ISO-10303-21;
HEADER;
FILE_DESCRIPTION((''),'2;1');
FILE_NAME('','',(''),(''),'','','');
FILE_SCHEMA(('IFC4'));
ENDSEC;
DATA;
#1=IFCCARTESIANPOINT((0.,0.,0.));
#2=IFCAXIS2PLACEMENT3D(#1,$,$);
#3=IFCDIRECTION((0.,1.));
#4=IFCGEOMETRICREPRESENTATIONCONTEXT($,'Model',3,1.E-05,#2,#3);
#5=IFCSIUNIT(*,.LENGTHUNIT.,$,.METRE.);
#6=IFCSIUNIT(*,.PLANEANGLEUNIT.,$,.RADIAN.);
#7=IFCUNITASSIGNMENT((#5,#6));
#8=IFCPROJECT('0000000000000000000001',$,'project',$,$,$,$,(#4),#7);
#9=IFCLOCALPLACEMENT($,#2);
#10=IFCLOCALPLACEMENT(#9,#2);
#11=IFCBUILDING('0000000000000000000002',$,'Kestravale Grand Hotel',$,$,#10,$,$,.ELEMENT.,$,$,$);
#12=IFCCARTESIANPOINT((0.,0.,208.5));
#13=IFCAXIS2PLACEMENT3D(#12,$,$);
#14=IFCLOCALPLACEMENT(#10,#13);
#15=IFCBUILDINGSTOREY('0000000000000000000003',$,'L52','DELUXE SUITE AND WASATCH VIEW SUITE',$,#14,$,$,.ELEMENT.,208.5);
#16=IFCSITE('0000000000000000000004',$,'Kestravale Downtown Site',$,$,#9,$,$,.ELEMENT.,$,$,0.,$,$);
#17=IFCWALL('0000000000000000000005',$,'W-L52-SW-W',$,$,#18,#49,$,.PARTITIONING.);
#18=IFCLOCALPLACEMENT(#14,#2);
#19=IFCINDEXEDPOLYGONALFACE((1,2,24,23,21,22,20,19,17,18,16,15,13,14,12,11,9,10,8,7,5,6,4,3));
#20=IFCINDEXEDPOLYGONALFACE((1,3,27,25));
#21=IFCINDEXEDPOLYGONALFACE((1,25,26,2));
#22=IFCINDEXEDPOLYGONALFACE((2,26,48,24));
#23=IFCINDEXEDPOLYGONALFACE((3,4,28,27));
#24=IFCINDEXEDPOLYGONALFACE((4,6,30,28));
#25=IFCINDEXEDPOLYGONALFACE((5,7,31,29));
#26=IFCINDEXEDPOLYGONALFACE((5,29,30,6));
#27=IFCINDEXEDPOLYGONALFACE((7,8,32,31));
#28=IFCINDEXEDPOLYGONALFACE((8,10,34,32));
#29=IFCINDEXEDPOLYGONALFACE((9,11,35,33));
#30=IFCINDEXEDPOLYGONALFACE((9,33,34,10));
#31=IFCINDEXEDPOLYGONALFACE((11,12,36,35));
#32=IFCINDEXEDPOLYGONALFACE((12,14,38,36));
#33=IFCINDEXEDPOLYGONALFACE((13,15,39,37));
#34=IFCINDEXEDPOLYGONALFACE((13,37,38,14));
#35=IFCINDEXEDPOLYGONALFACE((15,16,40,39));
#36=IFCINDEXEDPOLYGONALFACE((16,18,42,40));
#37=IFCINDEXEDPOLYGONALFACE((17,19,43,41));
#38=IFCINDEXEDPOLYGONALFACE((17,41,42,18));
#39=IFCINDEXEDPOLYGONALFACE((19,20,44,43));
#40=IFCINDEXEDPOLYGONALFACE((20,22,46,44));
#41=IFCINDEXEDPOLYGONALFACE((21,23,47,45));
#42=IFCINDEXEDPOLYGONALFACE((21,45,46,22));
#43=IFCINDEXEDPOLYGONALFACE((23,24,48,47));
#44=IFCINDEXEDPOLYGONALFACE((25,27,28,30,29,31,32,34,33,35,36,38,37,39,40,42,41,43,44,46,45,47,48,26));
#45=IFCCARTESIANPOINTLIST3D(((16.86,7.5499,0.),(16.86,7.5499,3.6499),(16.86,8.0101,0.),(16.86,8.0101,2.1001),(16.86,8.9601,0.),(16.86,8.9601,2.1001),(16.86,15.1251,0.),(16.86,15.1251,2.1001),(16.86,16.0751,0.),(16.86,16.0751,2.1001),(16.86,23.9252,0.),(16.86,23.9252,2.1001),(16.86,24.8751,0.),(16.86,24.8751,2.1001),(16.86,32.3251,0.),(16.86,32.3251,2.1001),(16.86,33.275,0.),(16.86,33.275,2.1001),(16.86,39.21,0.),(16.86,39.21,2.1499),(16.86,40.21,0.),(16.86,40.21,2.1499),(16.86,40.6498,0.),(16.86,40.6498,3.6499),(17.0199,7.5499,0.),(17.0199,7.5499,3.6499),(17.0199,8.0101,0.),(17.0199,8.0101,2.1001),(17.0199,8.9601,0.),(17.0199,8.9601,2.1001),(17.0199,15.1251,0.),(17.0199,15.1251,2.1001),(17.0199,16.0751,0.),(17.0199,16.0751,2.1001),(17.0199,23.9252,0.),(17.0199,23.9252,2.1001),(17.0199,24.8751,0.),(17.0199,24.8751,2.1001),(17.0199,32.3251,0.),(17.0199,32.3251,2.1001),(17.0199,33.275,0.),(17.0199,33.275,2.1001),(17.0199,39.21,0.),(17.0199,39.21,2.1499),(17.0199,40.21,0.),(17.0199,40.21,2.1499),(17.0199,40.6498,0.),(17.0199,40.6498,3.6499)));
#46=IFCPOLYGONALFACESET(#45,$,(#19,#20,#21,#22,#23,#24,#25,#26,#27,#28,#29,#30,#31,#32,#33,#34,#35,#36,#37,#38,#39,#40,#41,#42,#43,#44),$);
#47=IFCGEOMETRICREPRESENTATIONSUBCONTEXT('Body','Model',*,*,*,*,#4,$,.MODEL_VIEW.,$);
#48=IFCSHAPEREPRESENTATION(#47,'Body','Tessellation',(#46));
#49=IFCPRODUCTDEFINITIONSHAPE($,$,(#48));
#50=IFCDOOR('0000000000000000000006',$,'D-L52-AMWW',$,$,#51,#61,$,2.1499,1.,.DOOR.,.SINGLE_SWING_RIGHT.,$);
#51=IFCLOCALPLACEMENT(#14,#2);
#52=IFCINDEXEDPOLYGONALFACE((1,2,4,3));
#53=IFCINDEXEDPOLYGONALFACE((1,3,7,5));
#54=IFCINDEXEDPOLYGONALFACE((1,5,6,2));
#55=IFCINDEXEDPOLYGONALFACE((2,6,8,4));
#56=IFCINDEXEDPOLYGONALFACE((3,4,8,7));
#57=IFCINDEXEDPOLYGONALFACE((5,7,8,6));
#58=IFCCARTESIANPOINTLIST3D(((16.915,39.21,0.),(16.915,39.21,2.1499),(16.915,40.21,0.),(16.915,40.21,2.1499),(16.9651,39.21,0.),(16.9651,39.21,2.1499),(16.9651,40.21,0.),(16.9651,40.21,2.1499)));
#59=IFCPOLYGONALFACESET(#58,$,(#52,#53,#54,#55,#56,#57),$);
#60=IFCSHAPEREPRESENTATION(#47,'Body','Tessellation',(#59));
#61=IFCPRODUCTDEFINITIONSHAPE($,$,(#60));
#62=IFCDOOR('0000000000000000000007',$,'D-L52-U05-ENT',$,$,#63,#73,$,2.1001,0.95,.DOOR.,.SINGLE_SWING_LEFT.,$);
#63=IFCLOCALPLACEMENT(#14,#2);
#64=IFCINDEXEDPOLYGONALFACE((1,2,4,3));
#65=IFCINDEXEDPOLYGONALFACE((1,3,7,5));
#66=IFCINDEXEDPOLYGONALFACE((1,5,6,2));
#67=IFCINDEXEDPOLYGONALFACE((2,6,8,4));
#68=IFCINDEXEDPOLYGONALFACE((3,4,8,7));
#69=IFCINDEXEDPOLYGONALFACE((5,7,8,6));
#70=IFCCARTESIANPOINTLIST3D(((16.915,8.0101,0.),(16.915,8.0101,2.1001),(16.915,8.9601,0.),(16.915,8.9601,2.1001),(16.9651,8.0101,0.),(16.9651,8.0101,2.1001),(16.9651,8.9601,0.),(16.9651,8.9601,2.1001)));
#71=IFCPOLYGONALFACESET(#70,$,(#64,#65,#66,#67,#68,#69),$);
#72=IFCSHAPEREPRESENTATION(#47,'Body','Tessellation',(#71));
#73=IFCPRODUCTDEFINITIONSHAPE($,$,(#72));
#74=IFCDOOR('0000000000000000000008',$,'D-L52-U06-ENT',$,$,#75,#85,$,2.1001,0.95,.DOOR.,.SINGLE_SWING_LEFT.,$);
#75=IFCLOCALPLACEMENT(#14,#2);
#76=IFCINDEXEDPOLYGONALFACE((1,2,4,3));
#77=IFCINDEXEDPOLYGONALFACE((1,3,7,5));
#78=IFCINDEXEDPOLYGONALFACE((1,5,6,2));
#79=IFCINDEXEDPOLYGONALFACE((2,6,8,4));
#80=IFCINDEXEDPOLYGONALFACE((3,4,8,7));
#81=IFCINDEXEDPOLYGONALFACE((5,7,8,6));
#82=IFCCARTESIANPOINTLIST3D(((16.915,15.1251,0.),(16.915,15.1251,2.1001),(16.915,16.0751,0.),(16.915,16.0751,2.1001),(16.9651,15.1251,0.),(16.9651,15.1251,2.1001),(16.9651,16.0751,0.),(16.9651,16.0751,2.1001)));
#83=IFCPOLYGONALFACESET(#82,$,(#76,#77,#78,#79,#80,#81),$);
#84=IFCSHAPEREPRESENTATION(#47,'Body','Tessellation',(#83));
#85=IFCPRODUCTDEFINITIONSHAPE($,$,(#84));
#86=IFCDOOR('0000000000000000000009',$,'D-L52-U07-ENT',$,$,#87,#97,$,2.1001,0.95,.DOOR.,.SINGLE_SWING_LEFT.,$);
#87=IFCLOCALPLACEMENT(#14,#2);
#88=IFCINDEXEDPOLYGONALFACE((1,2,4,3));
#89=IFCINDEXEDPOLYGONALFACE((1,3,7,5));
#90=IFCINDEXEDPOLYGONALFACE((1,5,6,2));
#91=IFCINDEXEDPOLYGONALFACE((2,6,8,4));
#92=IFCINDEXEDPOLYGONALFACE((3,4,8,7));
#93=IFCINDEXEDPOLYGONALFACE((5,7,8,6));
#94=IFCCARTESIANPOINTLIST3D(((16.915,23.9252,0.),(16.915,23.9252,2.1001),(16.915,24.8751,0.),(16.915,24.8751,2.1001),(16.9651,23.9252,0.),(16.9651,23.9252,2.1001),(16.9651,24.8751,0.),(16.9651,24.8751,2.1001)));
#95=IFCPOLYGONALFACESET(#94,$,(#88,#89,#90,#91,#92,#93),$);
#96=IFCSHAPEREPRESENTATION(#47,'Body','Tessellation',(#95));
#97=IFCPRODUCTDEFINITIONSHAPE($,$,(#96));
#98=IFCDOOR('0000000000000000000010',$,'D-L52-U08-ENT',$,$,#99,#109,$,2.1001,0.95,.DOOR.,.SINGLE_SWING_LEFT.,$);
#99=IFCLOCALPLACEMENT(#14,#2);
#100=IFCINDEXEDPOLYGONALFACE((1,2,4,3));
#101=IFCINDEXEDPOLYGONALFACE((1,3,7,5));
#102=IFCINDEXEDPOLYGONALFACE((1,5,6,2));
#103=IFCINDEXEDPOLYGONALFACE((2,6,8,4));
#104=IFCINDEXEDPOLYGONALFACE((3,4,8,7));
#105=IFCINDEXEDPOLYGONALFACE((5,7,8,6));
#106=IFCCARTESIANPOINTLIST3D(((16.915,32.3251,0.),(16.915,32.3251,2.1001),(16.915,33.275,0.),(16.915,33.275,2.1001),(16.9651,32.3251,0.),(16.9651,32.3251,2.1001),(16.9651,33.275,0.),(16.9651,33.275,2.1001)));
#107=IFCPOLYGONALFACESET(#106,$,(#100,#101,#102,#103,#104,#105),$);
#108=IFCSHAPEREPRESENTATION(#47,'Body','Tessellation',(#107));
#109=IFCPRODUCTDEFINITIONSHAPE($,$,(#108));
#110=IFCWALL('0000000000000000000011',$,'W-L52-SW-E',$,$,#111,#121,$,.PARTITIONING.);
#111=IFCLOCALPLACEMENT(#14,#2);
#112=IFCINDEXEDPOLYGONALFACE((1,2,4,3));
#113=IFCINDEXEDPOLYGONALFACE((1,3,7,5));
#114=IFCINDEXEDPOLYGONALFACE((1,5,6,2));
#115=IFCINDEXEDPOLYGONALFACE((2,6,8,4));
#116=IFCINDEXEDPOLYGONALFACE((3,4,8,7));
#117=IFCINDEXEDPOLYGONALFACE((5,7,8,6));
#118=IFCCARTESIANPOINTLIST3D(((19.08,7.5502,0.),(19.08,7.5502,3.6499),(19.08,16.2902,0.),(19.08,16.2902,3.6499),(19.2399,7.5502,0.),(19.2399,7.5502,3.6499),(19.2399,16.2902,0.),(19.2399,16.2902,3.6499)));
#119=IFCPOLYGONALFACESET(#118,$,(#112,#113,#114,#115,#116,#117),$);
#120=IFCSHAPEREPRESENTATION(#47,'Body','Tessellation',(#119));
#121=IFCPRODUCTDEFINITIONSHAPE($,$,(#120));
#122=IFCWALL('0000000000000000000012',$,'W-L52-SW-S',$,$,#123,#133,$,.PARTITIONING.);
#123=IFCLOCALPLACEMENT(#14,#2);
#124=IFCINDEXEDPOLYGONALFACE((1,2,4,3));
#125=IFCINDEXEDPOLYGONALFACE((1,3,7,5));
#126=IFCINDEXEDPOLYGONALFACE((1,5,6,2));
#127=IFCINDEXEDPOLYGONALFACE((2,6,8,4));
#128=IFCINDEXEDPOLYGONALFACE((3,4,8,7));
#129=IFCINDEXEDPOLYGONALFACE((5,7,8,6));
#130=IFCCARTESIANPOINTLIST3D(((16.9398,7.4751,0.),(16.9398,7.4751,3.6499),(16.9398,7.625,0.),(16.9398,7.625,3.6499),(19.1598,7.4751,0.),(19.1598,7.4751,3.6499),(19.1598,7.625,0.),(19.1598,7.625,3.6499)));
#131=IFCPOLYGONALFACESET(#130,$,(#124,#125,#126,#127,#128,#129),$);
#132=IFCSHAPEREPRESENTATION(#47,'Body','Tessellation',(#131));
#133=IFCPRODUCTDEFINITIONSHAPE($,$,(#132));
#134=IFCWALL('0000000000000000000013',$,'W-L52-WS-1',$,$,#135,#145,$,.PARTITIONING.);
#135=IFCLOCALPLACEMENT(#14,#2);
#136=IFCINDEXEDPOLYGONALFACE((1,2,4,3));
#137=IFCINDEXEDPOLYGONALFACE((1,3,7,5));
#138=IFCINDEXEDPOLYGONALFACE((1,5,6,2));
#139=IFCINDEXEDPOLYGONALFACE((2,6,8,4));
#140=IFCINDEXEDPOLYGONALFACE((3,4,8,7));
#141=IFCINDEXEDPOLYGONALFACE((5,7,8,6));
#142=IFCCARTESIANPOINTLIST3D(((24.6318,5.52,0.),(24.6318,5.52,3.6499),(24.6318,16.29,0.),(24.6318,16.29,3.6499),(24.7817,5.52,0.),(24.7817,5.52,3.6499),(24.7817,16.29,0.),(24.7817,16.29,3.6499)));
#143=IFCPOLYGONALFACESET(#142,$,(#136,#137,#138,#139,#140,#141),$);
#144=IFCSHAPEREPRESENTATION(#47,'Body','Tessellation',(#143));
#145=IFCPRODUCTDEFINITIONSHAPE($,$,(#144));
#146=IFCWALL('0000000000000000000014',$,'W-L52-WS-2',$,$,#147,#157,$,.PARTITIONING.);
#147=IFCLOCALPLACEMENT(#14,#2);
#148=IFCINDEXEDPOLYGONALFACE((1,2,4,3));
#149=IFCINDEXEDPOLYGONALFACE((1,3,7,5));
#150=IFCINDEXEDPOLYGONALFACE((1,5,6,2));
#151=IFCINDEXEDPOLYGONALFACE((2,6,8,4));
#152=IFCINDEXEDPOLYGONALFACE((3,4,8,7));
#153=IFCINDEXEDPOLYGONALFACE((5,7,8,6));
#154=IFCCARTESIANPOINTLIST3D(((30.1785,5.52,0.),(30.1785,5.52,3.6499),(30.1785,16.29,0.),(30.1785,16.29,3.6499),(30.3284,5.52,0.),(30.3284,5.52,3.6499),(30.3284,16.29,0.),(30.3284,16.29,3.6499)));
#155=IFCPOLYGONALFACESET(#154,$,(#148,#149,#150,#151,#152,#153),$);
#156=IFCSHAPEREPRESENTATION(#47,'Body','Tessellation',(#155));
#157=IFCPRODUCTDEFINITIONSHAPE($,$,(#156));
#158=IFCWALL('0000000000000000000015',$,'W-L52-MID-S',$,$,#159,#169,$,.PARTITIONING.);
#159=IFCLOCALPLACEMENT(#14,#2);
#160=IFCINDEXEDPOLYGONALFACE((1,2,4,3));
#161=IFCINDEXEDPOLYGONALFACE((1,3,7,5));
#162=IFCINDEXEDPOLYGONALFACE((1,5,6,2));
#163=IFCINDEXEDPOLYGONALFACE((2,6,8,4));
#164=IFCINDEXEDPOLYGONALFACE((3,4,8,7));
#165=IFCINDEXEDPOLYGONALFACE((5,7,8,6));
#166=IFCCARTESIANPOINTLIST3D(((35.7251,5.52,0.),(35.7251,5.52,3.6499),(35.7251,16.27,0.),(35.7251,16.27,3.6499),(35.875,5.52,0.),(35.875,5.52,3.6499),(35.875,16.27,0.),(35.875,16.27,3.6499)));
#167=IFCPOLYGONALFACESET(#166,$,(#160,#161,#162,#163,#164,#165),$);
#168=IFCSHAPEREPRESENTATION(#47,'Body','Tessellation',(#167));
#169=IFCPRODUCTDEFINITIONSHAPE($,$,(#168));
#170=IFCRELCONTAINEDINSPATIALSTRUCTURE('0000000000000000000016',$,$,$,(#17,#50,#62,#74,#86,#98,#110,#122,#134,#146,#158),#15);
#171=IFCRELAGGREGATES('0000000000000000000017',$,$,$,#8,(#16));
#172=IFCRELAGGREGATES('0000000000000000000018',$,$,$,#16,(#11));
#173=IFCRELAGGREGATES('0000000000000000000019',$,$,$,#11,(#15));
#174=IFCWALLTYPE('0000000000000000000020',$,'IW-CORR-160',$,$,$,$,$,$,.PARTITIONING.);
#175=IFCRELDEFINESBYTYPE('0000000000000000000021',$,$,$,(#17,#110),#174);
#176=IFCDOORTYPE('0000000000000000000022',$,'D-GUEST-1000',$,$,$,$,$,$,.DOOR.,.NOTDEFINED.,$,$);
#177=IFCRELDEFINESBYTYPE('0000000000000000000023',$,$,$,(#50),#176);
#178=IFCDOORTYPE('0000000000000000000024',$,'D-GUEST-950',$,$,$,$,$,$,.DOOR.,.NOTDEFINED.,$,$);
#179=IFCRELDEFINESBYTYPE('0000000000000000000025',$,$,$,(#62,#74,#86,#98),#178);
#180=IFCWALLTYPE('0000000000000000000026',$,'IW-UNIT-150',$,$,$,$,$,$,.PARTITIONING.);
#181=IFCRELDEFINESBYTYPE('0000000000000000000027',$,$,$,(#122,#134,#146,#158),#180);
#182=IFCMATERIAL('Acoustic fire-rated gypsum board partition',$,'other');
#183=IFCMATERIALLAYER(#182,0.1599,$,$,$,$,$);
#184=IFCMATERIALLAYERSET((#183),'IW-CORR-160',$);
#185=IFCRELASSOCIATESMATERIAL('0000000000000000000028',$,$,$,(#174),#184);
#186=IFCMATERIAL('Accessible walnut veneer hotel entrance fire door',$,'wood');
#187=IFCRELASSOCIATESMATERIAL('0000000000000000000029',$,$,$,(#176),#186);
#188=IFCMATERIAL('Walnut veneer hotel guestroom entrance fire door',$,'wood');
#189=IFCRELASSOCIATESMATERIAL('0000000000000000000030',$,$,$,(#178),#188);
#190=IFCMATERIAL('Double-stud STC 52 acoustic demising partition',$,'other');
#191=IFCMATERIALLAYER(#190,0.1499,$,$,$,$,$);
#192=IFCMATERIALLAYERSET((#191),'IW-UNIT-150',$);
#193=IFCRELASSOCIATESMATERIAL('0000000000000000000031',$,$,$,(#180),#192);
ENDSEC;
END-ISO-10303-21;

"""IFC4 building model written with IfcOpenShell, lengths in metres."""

from ifc_helpers import new_model, si_unit, direction, frame, frame_2d, origin, place, context, subcontext, project, spatial, rectangle, extrude, material, layer, layer_set, type_object, element, fill, save


model = new_model("IFC4")

# Units and contexts
model_context = context("Model", 3, precision=1e-05, world=origin(), true_north=direction((0.0, 1.0)))
body_context = subcontext(model_context, "Body", "Model", "MODEL_VIEW")
ifc_project = project(units=[si_unit("LENGTHUNIT", "METRE"), si_unit("PLANEANGLEUNIT", "RADIAN")], contexts=[model_context])

# Site, building, storey
site_placement = place(None, origin())
site = spatial("IfcSite", under=ifc_project, at=site_placement, Name="Kestravale Downtown Site", CompositionType="ELEMENT", RefElevation=0.0)
building_placement = place(site_placement, origin())
building = spatial("IfcBuilding", under=site, at=building_placement, Name="Kestravale Grand Hotel", CompositionType="ELEMENT")
storey_placement = place(building_placement, frame((0.0, 0.0, 208.5)))
storey = spatial("IfcBuildingStorey", under=building, at=storey_placement, Name="L52", Description="DELUXE SUITE AND WASATCH VIEW SUITE", CompositionType="ELEMENT", Elevation=208.5)

# Wall, openings, doors
ifc_material_1 = material(Name="Acoustic fire-rated gypsum board partition", Category="other")
ifc_layer_1 = layer(ifc_material_1, 0.1599)
ifc_layer_set_1 = layer_set([ifc_layer_1], Name="IW-CORR-160")
wall_type_1 = type_object("IfcWallType", Name="IW-CORR-160", PredefinedType="PARTITIONING", material=ifc_layer_set_1)
wall_1_placement = place(storey_placement, frame((16.9399, 7.55, 0.0), z_axis=(0.0, 0.0, 1.0), x_axis=(0.0, 1.0, 0.0)))
wall_1 = element("IfcWall", 1, at=wall_1_placement, inside=storey, type_object=wall_type_1, Name="W-L52-SW-W", PredefinedType="PARTITIONING", context=body_context, shape_type="SweptSolid", body=[
    extrude(rectangle(XDim=33.0999, YDim=0.1599, at=frame_2d((16.5498, 0.0))), origin(), (0.0, 0.0, 1.0), 3.6499),
])
opening_1_placement = place(wall_1_placement, frame((0.46, 0.0, 0.0)))
opening_1 = element("IfcOpeningElement", 2, at=opening_1_placement, cuts=wall_1, PredefinedType="OPENING", context=body_context, shape_type="SweptSolid", body=[
    extrude(rectangle(XDim=0.95, YDim=2.1001, at=frame_2d((0.4751, 1.05))), frame((0.0, 0.0898, 0.0), z_axis=(0.0, -1.0, 0.0), x_axis=(1.0, 0.0, 0.0)), (0.0, 0.0, 1.0), 0.1799),
])
opening_2_placement = place(wall_1_placement, frame((7.575, 0.0, 0.0)))
opening_2 = element("IfcOpeningElement", 3, at=opening_2_placement, cuts=wall_1, PredefinedType="OPENING", context=body_context, shape_type="SweptSolid", body=[
    extrude(rectangle(XDim=0.95, YDim=2.1001, at=frame_2d((0.4751, 1.05))), frame((0.0, 0.0898, 0.0), z_axis=(0.0, -1.0, 0.0), x_axis=(1.0, 0.0, 0.0)), (0.0, 0.0, 1.0), 0.1799),
])
opening_3_placement = place(wall_1_placement, frame((16.375, 0.0, 0.0)))
opening_3 = element("IfcOpeningElement", 4, at=opening_3_placement, cuts=wall_1, PredefinedType="OPENING", context=body_context, shape_type="SweptSolid", body=[
    extrude(rectangle(XDim=0.95, YDim=2.1001, at=frame_2d((0.4751, 1.05))), frame((0.0, 0.0898, 0.0), z_axis=(0.0, -1.0, 0.0), x_axis=(1.0, 0.0, 0.0)), (0.0, 0.0, 1.0), 0.1799),
])
opening_4_placement = place(wall_1_placement, frame((24.7749, 0.0, 0.0)))
opening_4 = element("IfcOpeningElement", 5, at=opening_4_placement, cuts=wall_1, PredefinedType="OPENING", context=body_context, shape_type="SweptSolid", body=[
    extrude(rectangle(XDim=0.95, YDim=2.1001, at=frame_2d((0.4751, 1.05))), frame((0.0, 0.0898, 0.0), z_axis=(0.0, -1.0, 0.0), x_axis=(1.0, 0.0, 0.0)), (0.0, 0.0, 1.0), 0.1799),
])
opening_5_placement = place(wall_1_placement, frame((31.6599, 0.0, 0.0)))
opening_5 = element("IfcOpeningElement", 6, at=opening_5_placement, cuts=wall_1, PredefinedType="OPENING", context=body_context, shape_type="SweptSolid", body=[
    extrude(rectangle(XDim=1.0, YDim=2.1499, at=frame_2d((0.5, 1.075))), frame((0.0, 0.0898, 0.0), z_axis=(0.0, -1.0, 0.0), x_axis=(1.0, 0.0, 0.0)), (0.0, 0.0, 1.0), 0.1799),
])
ifc_material_2 = material(Name="Accessible walnut veneer hotel entrance fire door", Category="wood")
door_type_1 = type_object("IfcDoorType", Name="D-GUEST-1000", OperationType="NOTDEFINED", PredefinedType="DOOR", material=ifc_material_2)
door_1_placement = place(opening_5_placement, origin())
door_1 = element("IfcDoor", 7, at=door_1_placement, inside=storey, type_object=door_type_1, Name="D-L52-AMWW", OperationType="SINGLE_SWING_RIGHT", OverallHeight=2.1499, OverallWidth=1.0, PredefinedType="DOOR", context=body_context, shape_type="SweptSolid", body=[
    extrude(rectangle(XDim=1.0, YDim=2.1499, at=frame_2d((0.5, 1.075))), frame((0.0, 0.0249, 0.0), z_axis=(0.0, -1.0, 0.0), x_axis=(1.0, 0.0, 0.0)), (0.0, 0.0, 1.0), 0.05),
])
fill(opening_5, door_1)
ifc_material_3 = material(Name="Walnut veneer hotel guestroom entrance fire door", Category="wood")
door_type_2 = type_object("IfcDoorType", Name="D-GUEST-950", OperationType="NOTDEFINED", PredefinedType="DOOR", material=ifc_material_3)
door_2_placement = place(opening_1_placement, origin())
door_2 = element("IfcDoor", 8, at=door_2_placement, inside=storey, type_object=door_type_2, Name="D-L52-U05-ENT", OperationType="SINGLE_SWING_LEFT", OverallHeight=2.1001, OverallWidth=0.95, PredefinedType="DOOR", context=body_context, shape_type="SweptSolid", body=[
    extrude(rectangle(XDim=0.95, YDim=2.1001, at=frame_2d((0.4751, 1.05))), frame((0.0, 0.0249, 0.0), z_axis=(0.0, -1.0, 0.0), x_axis=(1.0, 0.0, 0.0)), (0.0, 0.0, 1.0), 0.05),
])
fill(opening_1, door_2)
door_3_placement = place(opening_2_placement, origin())
door_3 = element("IfcDoor", 9, at=door_3_placement, inside=storey, type_object=door_type_2, Name="D-L52-U06-ENT", OperationType="SINGLE_SWING_LEFT", OverallHeight=2.1001, OverallWidth=0.95, PredefinedType="DOOR", context=body_context, shape_type="SweptSolid", body=[
    extrude(rectangle(XDim=0.95, YDim=2.1001, at=frame_2d((0.4751, 1.05))), frame((0.0, 0.0249, 0.0), z_axis=(0.0, -1.0, 0.0), x_axis=(1.0, 0.0, 0.0)), (0.0, 0.0, 1.0), 0.05),
])
fill(opening_2, door_3)
door_4_placement = place(opening_3_placement, origin())
door_4 = element("IfcDoor", 10, at=door_4_placement, inside=storey, type_object=door_type_2, Name="D-L52-U07-ENT", OperationType="SINGLE_SWING_LEFT", OverallHeight=2.1001, OverallWidth=0.95, PredefinedType="DOOR", context=body_context, shape_type="SweptSolid", body=[
    extrude(rectangle(XDim=0.95, YDim=2.1001, at=frame_2d((0.4751, 1.05))), frame((0.0, 0.0249, 0.0), z_axis=(0.0, -1.0, 0.0), x_axis=(1.0, 0.0, 0.0)), (0.0, 0.0, 1.0), 0.05),
])
fill(opening_3, door_4)
door_5_placement = place(opening_4_placement, origin())
door_5 = element("IfcDoor", 11, at=door_5_placement, inside=storey, type_object=door_type_2, Name="D-L52-U08-ENT", OperationType="SINGLE_SWING_LEFT", OverallHeight=2.1001, OverallWidth=0.95, PredefinedType="DOOR", context=body_context, shape_type="SweptSolid", body=[
    extrude(rectangle(XDim=0.95, YDim=2.1001, at=frame_2d((0.4751, 1.05))), frame((0.0, 0.0249, 0.0), z_axis=(0.0, -1.0, 0.0), x_axis=(1.0, 0.0, 0.0)), (0.0, 0.0, 1.0), 0.05),
])
fill(opening_4, door_5)

# Walls
wall_2_placement = place(storey_placement, frame((19.1599, 7.55, 0.0), z_axis=(0.0, 0.0, 1.0), x_axis=(0.0, 1.0, 0.0)))
element("IfcWall", 12, at=wall_2_placement, inside=storey, type_object=wall_type_1, Name="W-L52-SW-E", PredefinedType="PARTITIONING", context=body_context, shape_type="SweptSolid", body=[
    extrude(rectangle(XDim=8.74, YDim=0.1599, at=frame_2d((4.3701, 0.0))), origin(), (0.0, 0.0, 1.0), 3.6499),
])
ifc_material_4 = material(Name="Double-stud STC 52 acoustic demising partition", Category="other")
ifc_layer_2 = layer(ifc_material_4, 0.1499)
ifc_layer_set_2 = layer_set([ifc_layer_2], Name="IW-UNIT-150")
wall_type_2 = type_object("IfcWallType", Name="IW-UNIT-150", PredefinedType="PARTITIONING", material=ifc_layer_set_2)
wall_3_placement = place(storey_placement, frame((16.9399, 7.55, 0.0), z_axis=(0.0, 0.0, 1.0), x_axis=(1.0, 0.0, 0.0)))
element("IfcWall", 13, at=wall_3_placement, inside=storey, type_object=wall_type_2, Name="W-L52-SW-S", PredefinedType="PARTITIONING", context=body_context, shape_type="SweptSolid", body=[
    extrude(rectangle(XDim=2.22, YDim=0.1499, at=frame_2d((1.1099, 0.0))), origin(), (0.0, 0.0, 1.0), 3.6499),
])
for number, where, z_axis, x_axis, name in (
    (14, (24.7068, 5.52, 0.0), (0.0, 0.0, 1.0), (0.0, 1.0, 0.0), "W-L52-WS-1"),
    (15, (30.2534, 5.52, 0.0), (0.0, 0.0, 1.0), (0.0, 1.0, 0.0), "W-L52-WS-2"),
):
    element("IfcWall", number, at=place(storey_placement, frame(where, z_axis=z_axis, x_axis=x_axis)), inside=storey, type_object=wall_type_2, Name=name, PredefinedType="PARTITIONING", context=body_context, shape_type="SweptSolid", body=[
        extrude(rectangle(XDim=10.77, YDim=0.1499, at=frame_2d((5.385, 0.0))), origin(), (0.0, 0.0, 1.0), 3.6499),
    ])
wall_4_placement = place(storey_placement, frame((35.8, 5.52, 0.0), z_axis=(0.0, 0.0, 1.0), x_axis=(0.0, 1.0, 0.0)))
element("IfcWall", 16, at=wall_4_placement, inside=storey, type_object=wall_type_2, Name="W-L52-MID-S", PredefinedType="PARTITIONING", context=body_context, shape_type="SweptSolid", body=[
    extrude(rectangle(XDim=10.75, YDim=0.1499, at=frame_2d((5.375, 0.0))), origin(), (0.0, 0.0, 1.0), 3.6499),
])

save(model, "model.ifc")
